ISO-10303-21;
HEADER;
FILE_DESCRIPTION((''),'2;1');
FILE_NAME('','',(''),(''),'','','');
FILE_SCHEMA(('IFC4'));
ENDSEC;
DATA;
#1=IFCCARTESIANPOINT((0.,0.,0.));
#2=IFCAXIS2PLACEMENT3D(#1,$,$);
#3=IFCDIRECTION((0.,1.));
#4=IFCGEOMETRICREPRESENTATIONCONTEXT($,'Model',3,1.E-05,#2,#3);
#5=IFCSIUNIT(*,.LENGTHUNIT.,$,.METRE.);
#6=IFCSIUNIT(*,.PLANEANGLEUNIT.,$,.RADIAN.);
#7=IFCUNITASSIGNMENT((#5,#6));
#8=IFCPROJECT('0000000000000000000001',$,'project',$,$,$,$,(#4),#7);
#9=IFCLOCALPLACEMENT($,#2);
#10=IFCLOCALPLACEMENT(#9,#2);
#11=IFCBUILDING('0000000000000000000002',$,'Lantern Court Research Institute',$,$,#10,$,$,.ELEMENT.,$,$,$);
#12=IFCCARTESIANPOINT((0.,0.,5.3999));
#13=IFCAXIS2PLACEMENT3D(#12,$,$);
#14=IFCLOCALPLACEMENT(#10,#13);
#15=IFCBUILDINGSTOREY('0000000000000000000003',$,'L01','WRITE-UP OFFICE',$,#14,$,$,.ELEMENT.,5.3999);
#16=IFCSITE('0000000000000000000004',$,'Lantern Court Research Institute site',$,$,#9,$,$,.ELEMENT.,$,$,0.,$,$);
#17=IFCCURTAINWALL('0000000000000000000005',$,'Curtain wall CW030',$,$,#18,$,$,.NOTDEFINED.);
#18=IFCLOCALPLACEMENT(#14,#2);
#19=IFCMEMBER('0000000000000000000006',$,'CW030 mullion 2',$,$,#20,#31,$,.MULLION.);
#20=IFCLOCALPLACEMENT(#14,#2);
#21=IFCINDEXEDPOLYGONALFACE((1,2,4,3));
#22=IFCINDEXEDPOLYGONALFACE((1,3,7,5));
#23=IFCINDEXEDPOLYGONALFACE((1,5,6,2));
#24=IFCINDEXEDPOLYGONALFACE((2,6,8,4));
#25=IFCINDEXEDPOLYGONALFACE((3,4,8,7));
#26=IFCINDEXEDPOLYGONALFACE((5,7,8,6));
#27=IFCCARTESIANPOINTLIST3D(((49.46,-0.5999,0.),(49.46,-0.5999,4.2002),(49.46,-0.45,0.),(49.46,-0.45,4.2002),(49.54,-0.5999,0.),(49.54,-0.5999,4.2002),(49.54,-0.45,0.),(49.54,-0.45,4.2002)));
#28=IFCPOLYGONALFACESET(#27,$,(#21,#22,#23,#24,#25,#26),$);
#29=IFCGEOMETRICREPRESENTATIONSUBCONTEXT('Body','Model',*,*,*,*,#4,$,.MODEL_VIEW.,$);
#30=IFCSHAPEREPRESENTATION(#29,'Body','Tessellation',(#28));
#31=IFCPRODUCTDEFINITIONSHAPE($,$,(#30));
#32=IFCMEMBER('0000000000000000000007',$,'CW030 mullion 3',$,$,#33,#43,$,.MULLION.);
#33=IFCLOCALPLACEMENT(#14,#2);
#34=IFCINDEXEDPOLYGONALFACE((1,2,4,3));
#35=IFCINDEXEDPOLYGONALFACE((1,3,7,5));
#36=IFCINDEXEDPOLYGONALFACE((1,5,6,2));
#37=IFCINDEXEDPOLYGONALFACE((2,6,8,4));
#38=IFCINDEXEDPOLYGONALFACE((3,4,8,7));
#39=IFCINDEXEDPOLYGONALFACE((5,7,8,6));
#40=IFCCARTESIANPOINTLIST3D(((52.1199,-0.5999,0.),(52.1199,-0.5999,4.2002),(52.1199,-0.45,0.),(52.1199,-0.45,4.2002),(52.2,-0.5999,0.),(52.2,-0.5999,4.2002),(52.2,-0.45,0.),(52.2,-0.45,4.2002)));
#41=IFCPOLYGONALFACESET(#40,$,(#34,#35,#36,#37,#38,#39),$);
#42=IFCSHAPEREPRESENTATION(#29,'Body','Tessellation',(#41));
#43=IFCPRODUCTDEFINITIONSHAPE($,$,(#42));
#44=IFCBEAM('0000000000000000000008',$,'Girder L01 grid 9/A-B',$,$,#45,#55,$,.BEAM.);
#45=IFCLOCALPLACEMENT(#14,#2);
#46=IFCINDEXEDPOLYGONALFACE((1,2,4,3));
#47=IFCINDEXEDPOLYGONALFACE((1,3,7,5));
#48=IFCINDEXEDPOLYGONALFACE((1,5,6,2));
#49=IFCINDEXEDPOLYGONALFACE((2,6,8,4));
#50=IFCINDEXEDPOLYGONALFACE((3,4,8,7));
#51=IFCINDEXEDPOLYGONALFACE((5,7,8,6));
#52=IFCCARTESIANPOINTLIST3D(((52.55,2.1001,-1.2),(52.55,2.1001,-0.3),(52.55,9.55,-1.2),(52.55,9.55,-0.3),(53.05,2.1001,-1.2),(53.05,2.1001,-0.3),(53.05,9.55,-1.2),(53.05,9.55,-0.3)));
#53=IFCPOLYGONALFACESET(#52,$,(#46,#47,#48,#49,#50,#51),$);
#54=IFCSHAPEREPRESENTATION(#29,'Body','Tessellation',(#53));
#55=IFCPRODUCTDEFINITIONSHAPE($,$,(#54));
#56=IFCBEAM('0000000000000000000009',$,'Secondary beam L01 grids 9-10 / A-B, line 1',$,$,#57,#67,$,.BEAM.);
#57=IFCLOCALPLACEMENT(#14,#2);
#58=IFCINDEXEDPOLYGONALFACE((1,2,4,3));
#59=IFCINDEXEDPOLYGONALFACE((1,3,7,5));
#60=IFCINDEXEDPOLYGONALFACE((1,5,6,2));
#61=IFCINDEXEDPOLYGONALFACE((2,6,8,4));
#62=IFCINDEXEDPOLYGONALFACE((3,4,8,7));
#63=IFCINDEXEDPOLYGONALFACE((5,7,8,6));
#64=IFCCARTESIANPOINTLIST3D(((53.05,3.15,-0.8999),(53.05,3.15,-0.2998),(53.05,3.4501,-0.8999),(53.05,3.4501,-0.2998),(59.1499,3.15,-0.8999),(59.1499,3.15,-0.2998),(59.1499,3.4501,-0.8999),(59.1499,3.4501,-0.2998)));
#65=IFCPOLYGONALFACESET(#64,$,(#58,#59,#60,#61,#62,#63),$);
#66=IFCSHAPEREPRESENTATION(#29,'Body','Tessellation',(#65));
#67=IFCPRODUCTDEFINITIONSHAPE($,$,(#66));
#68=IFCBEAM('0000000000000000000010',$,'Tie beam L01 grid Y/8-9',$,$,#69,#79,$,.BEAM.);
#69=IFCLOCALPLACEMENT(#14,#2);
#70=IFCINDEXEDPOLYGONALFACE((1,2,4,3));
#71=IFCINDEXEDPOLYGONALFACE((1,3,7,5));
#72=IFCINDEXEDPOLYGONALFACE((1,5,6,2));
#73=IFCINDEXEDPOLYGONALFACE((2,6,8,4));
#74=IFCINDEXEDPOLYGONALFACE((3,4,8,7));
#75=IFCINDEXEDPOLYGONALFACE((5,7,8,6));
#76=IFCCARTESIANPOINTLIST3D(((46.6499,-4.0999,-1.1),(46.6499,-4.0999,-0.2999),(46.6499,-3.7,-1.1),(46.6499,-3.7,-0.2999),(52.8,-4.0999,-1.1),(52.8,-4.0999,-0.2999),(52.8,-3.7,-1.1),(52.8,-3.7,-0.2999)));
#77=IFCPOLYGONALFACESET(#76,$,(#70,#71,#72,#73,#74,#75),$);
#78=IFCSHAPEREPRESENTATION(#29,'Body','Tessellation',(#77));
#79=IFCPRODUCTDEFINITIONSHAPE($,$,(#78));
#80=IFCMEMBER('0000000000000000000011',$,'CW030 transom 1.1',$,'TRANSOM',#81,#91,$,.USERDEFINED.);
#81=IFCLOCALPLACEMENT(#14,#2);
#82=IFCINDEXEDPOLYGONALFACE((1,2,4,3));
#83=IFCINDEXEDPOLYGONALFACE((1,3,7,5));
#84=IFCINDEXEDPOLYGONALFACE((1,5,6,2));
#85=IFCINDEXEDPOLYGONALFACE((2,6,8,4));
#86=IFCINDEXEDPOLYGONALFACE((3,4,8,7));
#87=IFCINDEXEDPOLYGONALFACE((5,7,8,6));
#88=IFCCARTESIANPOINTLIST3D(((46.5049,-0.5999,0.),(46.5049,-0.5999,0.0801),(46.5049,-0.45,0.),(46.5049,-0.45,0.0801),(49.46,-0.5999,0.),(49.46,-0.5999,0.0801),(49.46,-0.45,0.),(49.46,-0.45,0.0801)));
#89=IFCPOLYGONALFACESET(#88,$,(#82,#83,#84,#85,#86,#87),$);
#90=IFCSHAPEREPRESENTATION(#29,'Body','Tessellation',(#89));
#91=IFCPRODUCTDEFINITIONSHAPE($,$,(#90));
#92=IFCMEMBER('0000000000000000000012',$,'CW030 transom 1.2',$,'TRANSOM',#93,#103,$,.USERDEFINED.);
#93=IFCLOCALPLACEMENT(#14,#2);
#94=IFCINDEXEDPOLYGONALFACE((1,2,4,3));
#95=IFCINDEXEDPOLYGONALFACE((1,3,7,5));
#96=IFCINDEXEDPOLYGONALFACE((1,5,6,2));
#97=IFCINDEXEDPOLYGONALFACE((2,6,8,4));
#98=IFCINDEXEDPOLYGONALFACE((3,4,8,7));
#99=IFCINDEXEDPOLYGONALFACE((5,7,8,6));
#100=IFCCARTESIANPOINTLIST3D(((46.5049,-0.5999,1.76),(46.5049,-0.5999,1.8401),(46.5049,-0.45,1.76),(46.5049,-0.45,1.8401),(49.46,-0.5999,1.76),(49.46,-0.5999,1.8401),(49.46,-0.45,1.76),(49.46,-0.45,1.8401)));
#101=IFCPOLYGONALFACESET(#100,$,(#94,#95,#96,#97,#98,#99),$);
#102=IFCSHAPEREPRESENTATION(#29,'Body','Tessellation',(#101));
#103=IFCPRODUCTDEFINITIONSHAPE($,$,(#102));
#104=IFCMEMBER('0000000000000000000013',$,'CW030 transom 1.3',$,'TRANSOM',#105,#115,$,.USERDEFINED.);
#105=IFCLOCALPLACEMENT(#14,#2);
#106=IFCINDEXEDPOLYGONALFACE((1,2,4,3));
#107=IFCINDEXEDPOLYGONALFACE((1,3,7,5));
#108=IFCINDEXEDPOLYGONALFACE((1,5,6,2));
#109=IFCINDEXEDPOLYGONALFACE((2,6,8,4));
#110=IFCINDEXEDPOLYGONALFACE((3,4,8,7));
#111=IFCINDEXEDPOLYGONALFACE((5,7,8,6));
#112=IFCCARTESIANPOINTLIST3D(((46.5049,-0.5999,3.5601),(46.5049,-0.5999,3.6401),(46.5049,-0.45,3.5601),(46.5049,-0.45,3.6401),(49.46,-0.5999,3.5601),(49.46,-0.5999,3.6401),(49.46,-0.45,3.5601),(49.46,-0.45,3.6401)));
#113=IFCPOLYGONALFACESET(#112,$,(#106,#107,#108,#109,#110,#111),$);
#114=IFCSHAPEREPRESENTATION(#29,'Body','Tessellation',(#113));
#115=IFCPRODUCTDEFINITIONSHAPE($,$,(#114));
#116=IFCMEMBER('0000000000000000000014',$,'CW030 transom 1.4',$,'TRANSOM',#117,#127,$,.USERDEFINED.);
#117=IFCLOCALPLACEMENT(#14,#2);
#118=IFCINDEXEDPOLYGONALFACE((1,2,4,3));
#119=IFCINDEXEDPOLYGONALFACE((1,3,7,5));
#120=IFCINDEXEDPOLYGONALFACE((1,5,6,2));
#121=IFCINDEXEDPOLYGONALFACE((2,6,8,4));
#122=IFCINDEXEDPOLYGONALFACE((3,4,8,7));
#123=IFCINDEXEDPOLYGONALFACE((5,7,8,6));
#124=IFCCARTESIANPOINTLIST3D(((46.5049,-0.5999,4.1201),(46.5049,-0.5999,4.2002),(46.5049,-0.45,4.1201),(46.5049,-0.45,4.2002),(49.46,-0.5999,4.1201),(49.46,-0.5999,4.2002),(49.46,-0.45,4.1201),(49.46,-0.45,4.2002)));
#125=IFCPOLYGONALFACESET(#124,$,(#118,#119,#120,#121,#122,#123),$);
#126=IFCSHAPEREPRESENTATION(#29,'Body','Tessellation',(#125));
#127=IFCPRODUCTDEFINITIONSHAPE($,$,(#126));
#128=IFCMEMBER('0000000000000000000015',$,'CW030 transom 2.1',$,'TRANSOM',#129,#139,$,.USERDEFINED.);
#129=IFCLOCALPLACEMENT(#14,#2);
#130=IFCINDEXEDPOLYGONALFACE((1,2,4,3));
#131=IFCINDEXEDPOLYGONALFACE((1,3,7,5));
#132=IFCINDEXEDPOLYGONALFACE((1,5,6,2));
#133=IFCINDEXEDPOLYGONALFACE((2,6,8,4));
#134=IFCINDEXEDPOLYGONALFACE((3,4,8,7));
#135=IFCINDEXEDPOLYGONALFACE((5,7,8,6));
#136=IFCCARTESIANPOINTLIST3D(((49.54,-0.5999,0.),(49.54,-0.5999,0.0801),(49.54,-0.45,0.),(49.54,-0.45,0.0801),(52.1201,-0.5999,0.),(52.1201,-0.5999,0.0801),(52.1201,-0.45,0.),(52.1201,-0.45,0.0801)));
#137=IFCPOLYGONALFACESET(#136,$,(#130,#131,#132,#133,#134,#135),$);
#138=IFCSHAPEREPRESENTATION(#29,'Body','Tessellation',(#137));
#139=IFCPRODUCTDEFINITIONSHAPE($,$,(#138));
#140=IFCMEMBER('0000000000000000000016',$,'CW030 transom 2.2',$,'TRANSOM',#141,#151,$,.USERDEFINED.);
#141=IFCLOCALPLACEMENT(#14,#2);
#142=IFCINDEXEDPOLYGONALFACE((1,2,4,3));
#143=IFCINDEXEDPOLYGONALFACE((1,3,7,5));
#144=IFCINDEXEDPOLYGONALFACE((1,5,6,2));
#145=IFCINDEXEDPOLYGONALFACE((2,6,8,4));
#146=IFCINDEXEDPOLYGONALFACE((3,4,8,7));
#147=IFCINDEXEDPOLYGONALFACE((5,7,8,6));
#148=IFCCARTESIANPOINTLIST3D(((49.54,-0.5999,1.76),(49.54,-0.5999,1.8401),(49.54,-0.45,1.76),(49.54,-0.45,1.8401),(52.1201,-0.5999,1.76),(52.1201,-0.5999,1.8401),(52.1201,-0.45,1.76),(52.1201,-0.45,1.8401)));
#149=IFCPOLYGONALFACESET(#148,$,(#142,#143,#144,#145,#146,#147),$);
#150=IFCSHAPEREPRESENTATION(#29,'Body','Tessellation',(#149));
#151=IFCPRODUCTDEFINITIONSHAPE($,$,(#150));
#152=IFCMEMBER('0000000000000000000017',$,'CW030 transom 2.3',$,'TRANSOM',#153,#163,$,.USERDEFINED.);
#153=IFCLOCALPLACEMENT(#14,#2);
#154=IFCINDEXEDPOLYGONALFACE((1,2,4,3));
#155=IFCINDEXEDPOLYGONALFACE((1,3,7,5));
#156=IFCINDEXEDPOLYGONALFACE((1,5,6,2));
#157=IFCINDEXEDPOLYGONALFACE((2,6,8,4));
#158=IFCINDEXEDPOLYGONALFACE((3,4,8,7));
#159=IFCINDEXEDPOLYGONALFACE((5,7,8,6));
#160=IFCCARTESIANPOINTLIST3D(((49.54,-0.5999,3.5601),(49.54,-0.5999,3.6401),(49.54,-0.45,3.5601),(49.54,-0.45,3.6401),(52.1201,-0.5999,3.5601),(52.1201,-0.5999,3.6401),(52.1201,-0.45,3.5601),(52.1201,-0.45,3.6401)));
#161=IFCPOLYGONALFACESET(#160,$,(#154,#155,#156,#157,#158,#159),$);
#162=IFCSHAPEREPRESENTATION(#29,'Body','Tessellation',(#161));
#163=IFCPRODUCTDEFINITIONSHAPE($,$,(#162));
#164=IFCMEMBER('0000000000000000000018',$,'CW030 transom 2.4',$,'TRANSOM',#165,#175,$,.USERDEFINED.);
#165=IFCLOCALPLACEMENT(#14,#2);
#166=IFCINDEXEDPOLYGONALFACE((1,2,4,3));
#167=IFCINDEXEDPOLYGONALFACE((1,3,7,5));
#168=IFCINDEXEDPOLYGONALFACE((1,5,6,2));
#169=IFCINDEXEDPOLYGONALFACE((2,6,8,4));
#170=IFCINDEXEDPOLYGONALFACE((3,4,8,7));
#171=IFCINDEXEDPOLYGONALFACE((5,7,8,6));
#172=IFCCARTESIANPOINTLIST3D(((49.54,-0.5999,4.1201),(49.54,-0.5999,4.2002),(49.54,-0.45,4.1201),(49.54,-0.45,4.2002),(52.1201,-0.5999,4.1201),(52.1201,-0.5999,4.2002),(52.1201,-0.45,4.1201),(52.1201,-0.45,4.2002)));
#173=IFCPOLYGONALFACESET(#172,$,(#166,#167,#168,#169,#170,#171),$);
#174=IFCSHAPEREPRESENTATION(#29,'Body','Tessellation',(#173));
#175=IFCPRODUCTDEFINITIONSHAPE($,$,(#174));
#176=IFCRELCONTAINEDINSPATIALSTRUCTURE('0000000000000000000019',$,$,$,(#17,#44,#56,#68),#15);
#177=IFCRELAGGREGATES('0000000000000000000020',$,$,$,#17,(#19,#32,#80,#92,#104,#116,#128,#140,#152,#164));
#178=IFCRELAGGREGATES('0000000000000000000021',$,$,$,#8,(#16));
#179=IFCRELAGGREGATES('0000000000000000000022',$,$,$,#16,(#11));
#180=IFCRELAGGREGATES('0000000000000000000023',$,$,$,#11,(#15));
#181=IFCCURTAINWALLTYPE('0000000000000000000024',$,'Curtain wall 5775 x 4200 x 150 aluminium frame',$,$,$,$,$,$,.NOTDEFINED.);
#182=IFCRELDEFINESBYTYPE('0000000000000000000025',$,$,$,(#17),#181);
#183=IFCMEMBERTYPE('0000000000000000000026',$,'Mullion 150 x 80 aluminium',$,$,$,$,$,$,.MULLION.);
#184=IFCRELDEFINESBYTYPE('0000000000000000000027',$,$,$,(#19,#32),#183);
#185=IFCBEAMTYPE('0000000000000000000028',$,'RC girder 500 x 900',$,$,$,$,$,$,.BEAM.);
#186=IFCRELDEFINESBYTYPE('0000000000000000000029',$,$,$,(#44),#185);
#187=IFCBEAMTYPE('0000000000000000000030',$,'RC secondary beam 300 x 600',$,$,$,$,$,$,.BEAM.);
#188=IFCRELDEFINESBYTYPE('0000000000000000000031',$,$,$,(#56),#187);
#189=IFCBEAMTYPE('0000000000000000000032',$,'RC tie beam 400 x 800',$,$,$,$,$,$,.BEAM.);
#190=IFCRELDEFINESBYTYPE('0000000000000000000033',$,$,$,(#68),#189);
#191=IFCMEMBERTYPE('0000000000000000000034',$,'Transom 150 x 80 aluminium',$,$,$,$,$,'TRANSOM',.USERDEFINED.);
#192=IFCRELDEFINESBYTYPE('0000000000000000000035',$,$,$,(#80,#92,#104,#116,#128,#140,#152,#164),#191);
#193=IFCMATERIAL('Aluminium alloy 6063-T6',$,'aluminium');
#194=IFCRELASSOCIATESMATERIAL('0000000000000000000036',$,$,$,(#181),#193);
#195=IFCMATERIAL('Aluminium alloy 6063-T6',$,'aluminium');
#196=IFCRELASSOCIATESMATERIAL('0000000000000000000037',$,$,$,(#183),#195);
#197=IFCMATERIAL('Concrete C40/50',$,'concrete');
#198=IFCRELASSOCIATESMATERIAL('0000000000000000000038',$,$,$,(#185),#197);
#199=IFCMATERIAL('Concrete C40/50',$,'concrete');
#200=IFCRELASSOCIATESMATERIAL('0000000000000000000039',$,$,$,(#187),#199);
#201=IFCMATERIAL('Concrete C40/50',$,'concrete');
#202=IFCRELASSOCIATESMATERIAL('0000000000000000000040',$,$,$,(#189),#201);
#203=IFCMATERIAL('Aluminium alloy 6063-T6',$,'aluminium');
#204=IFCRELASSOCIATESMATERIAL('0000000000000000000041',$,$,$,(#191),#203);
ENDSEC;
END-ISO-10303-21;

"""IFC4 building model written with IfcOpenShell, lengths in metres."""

from ifc_helpers import new_model, si_unit, direction, frame, origin, origin_2d, place, context, subcontext, project, spatial, rectangle, extrude, material, material_profile, profile_set, type_object, element, aggregate, save


model = new_model("IFC4")

# Units and contexts
model_context = context("Model", 3, precision=1e-05, world=origin(), true_north=direction((0.0, 1.0)))
body_context = subcontext(model_context, "Body", "Model", "MODEL_VIEW")
ifc_project = project(units=[si_unit("LENGTHUNIT", "METRE"), si_unit("PLANEANGLEUNIT", "RADIAN")], contexts=[model_context])

# Site, building, storey
site_placement = place(None, origin())
site = spatial("IfcSite", under=ifc_project, at=site_placement, Name="Lantern Court Research Institute site", CompositionType="ELEMENT", RefElevation=0.0)
building_placement = place(site_placement, origin())
building = spatial("IfcBuilding", under=site, at=building_placement, Name="Lantern Court Research Institute", CompositionType="ELEMENT")
storey_placement = place(building_placement, frame((0.0, 0.0, 5.3999)))
storey = spatial("IfcBuildingStorey", under=building, at=storey_placement, Name="L01", Description="WRITE-UP OFFICE", CompositionType="ELEMENT", Elevation=5.3999)

# Curtain wall, members
ifc_material_1 = material(Name="Aluminium alloy 6063-T6", Category="aluminium")
curtain_wall_type = type_object("IfcCurtainWallType", Name="Curtain wall 5775 x 4200 x 150 aluminium frame", PredefinedType="NOTDEFINED", material=ifc_material_1)
curtain_wall_placement = place(storey_placement, origin())
curtain_wall = element("IfcCurtainWall", 1, at=curtain_wall_placement, inside=storey, type_object=curtain_wall_type, Name="Curtain wall CW030", PredefinedType="NOTDEFINED")
ifc_material_2 = material(Name="Aluminium alloy 6063-T6", Category="aluminium")
ifc_material_profile_1 = material_profile(ifc_material_2, rectangle(XDim=0.1499, YDim=0.0801, at=origin_2d()), Name="Mullion 150 x 80")
ifc_profile_set_1 = profile_set([ifc_material_profile_1], Name="Aluminium alloy 6063-T6")
member_type_1 = type_object("IfcMemberType", Name="Mullion 150 x 80 aluminium", PredefinedType="MULLION", material=ifc_profile_set_1)
member_1_placement = place(storey_placement, frame((49.5, -0.5249, 0.0), z_axis=(0.0, 0.0, 1.0), x_axis=(0.0, -1.0, 0.0)))
member_1 = element("IfcMember", 2, at=member_1_placement, type_object=member_type_1, Name="CW030 mullion 2", PredefinedType="MULLION", context=body_context, shape_type="SweptSolid", body=[
    extrude(rectangle(XDim=0.1499, YDim=0.0801, at=origin_2d()), origin(), (0.0, 0.0, 1.0), 4.2002),
])
member_2_placement = place(storey_placement, frame((52.1599, -0.5249, 0.0), z_axis=(0.0, 0.0, 1.0), x_axis=(0.0, -1.0, 0.0)))
member_2 = element("IfcMember", 3, at=member_2_placement, type_object=member_type_1, Name="CW030 mullion 3", PredefinedType="MULLION", context=body_context, shape_type="SweptSolid", body=[
    extrude(rectangle(XDim=0.1499, YDim=0.0801, at=origin_2d()), origin(), (0.0, 0.0, 1.0), 4.2002),
])

# Beams
ifc_material_3 = material(Name="Concrete C40/50", Category="concrete")
ifc_material_profile_2 = material_profile(ifc_material_3, rectangle(XDim=0.5, YDim=0.8999, at=origin_2d()), Name="RC beam 500 x 900")
ifc_profile_set_2 = profile_set([ifc_material_profile_2], Name="Concrete C40/50")
beam_type_1 = type_object("IfcBeamType", Name="RC girder 500 x 900", PredefinedType="BEAM", material=ifc_profile_set_2)
beam_1_placement = place(storey_placement, frame((52.8, 2.1001, -0.75), z_axis=(0.0, 1.0, 0.0), x_axis=(-1.0, 0.0, 0.0)))
element("IfcBeam", 4, at=beam_1_placement, inside=storey, type_object=beam_type_1, Name="Girder L01 grid 9/A-B", PredefinedType="BEAM", context=body_context, shape_type="SweptSolid", body=[
    extrude(rectangle(XDim=0.5, YDim=0.8999, at=origin_2d()), origin(), (0.0, 0.0, 1.0), 7.45),
])
ifc_material_4 = material(Name="Concrete C40/50", Category="concrete")
ifc_material_profile_3 = material_profile(ifc_material_4, rectangle(XDim=0.3, YDim=0.6001, at=origin_2d()), Name="RC beam 300 x 600")
ifc_profile_set_3 = profile_set([ifc_material_profile_3], Name="Concrete C40/50")
beam_type_2 = type_object("IfcBeamType", Name="RC secondary beam 300 x 600", PredefinedType="BEAM", material=ifc_profile_set_3)
beam_2_placement = place(storey_placement, frame((53.05, 3.3, -0.5999), z_axis=(1.0, 0.0, 0.0), x_axis=(0.0, 1.0, 0.0)))
element("IfcBeam", 5, at=beam_2_placement, inside=storey, type_object=beam_type_2, Name="Secondary beam L01 grids 9-10 / A-B, line 1", PredefinedType="BEAM", context=body_context, shape_type="SweptSolid", body=[
    extrude(rectangle(XDim=0.3, YDim=0.6001, at=origin_2d()), origin(), (0.0, 0.0, 1.0), 6.0999),
])
ifc_material_5 = material(Name="Concrete C40/50", Category="concrete")
ifc_material_profile_4 = material_profile(ifc_material_5, rectangle(XDim=0.3999, YDim=0.8, at=origin_2d()), Name="RC beam 400 x 800")
ifc_profile_set_4 = profile_set([ifc_material_profile_4], Name="Concrete C40/50")
beam_type_3 = type_object("IfcBeamType", Name="RC tie beam 400 x 800", PredefinedType="BEAM", material=ifc_profile_set_4)
beam_3_placement = place(storey_placement, frame((46.6499, -3.8999, -0.7), z_axis=(1.0, 0.0, 0.0), x_axis=(0.0, 1.0, 0.0)))
element("IfcBeam", 6, at=beam_3_placement, inside=storey, type_object=beam_type_3, Name="Tie beam L01 grid Y/8-9", PredefinedType="BEAM", context=body_context, shape_type="SweptSolid", body=[
    extrude(rectangle(XDim=0.3999, YDim=0.8, at=origin_2d()), origin(), (0.0, 0.0, 1.0), 6.1501),
])

# Members
ifc_material_6 = material(Name="Aluminium alloy 6063-T6", Category="aluminium")
ifc_material_profile_5 = material_profile(ifc_material_6, rectangle(XDim=0.1499, YDim=0.0801, at=origin_2d()), Name="Transom 150 x 80")
ifc_profile_set_5 = profile_set([ifc_material_profile_5], Name="Aluminium alloy 6063-T6")
member_type_2 = type_object("IfcMemberType", Name="Transom 150 x 80 aluminium", ElementType="TRANSOM", PredefinedType="USERDEFINED", material=ifc_profile_set_5)
member_3_placement = place(storey_placement, frame((49.46, -0.5249, 0.04), z_axis=(-1.0, 0.0, 0.0), x_axis=(0.0, -1.0, 0.0)))
member_3 = element("IfcMember", 7, at=member_3_placement, type_object=member_type_2, Name="CW030 transom 1.1", ObjectType="TRANSOM", PredefinedType="USERDEFINED", context=body_context, shape_type="SweptSolid", body=[
    extrude(rectangle(XDim=0.1499, YDim=0.0801, at=origin_2d()), origin(), (0.0, 0.0, 1.0), 2.9551),
])
member_4_placement = place(storey_placement, frame((49.46, -0.5249, 1.8), z_axis=(-1.0, 0.0, 0.0), x_axis=(0.0, -1.0, 0.0)))
member_4 = element("IfcMember", 8, at=member_4_placement, type_object=member_type_2, Name="CW030 transom 1.2", ObjectType="TRANSOM", PredefinedType="USERDEFINED", context=body_context, shape_type="SweptSolid", body=[
    extrude(rectangle(XDim=0.1499, YDim=0.0801, at=origin_2d()), origin(), (0.0, 0.0, 1.0), 2.9551),
])
member_5_placement = place(storey_placement, frame((49.46, -0.5249, 3.6001), z_axis=(-1.0, 0.0, 0.0), x_axis=(0.0, -1.0, 0.0)))
member_5 = element("IfcMember", 9, at=member_5_placement, type_object=member_type_2, Name="CW030 transom 1.3", ObjectType="TRANSOM", PredefinedType="USERDEFINED", context=body_context, shape_type="SweptSolid", body=[
    extrude(rectangle(XDim=0.1499, YDim=0.0801, at=origin_2d()), origin(), (0.0, 0.0, 1.0), 2.9551),
])
member_6_placement = place(storey_placement, frame((49.46, -0.5249, 4.1602), z_axis=(-1.0, 0.0, 0.0), x_axis=(0.0, -1.0, 0.0)))
member_6 = element("IfcMember", 10, at=member_6_placement, type_object=member_type_2, Name="CW030 transom 1.4", ObjectType="TRANSOM", PredefinedType="USERDEFINED", context=body_context, shape_type="SweptSolid", body=[
    extrude(rectangle(XDim=0.1499, YDim=0.0801, at=origin_2d()), origin(), (0.0, 0.0, 1.0), 2.9551),
])
member_7_placement = place(storey_placement, frame((52.1201, -0.5249, 0.04), z_axis=(-1.0, 0.0, 0.0), x_axis=(0.0, -1.0, 0.0)))
member_7 = element("IfcMember", 11, at=member_7_placement, type_object=member_type_2, Name="CW030 transom 2.1", ObjectType="TRANSOM", PredefinedType="USERDEFINED", context=body_context, shape_type="SweptSolid", body=[
    extrude(rectangle(XDim=0.1499, YDim=0.0801, at=origin_2d()), origin(), (0.0, 0.0, 1.0), 2.5801),
])
member_8_placement = place(storey_placement, frame((52.1201, -0.5249, 1.8), z_axis=(-1.0, 0.0, 0.0), x_axis=(0.0, -1.0, 0.0)))
member_8 = element("IfcMember", 12, at=member_8_placement, type_object=member_type_2, Name="CW030 transom 2.2", ObjectType="TRANSOM", PredefinedType="USERDEFINED", context=body_context, shape_type="SweptSolid", body=[
    extrude(rectangle(XDim=0.1499, YDim=0.0801, at=origin_2d()), origin(), (0.0, 0.0, 1.0), 2.5801),
])
member_9_placement = place(storey_placement, frame((52.1201, -0.5249, 3.6001), z_axis=(-1.0, 0.0, 0.0), x_axis=(0.0, -1.0, 0.0)))
member_9 = element("IfcMember", 13, at=member_9_placement, type_object=member_type_2, Name="CW030 transom 2.3", ObjectType="TRANSOM", PredefinedType="USERDEFINED", context=body_context, shape_type="SweptSolid", body=[
    extrude(rectangle(XDim=0.1499, YDim=0.0801, at=origin_2d()), origin(), (0.0, 0.0, 1.0), 2.5801),
])
member_10_placement = place(storey_placement, frame((52.1201, -0.5249, 4.1602), z_axis=(-1.0, 0.0, 0.0), x_axis=(0.0, -1.0, 0.0)))
member_10 = element("IfcMember", 14, at=member_10_placement, type_object=member_type_2, Name="CW030 transom 2.4", ObjectType="TRANSOM", PredefinedType="USERDEFINED", context=body_context, shape_type="SweptSolid", body=[
    extrude(rectangle(XDim=0.1499, YDim=0.0801, at=origin_2d()), origin(), (0.0, 0.0, 1.0), 2.5801),
])

aggregate(curtain_wall, [member_1, member_2, member_3, member_4, member_5, member_6, member_7, member_8, member_9, member_10])

save(model, "model.ifc")
